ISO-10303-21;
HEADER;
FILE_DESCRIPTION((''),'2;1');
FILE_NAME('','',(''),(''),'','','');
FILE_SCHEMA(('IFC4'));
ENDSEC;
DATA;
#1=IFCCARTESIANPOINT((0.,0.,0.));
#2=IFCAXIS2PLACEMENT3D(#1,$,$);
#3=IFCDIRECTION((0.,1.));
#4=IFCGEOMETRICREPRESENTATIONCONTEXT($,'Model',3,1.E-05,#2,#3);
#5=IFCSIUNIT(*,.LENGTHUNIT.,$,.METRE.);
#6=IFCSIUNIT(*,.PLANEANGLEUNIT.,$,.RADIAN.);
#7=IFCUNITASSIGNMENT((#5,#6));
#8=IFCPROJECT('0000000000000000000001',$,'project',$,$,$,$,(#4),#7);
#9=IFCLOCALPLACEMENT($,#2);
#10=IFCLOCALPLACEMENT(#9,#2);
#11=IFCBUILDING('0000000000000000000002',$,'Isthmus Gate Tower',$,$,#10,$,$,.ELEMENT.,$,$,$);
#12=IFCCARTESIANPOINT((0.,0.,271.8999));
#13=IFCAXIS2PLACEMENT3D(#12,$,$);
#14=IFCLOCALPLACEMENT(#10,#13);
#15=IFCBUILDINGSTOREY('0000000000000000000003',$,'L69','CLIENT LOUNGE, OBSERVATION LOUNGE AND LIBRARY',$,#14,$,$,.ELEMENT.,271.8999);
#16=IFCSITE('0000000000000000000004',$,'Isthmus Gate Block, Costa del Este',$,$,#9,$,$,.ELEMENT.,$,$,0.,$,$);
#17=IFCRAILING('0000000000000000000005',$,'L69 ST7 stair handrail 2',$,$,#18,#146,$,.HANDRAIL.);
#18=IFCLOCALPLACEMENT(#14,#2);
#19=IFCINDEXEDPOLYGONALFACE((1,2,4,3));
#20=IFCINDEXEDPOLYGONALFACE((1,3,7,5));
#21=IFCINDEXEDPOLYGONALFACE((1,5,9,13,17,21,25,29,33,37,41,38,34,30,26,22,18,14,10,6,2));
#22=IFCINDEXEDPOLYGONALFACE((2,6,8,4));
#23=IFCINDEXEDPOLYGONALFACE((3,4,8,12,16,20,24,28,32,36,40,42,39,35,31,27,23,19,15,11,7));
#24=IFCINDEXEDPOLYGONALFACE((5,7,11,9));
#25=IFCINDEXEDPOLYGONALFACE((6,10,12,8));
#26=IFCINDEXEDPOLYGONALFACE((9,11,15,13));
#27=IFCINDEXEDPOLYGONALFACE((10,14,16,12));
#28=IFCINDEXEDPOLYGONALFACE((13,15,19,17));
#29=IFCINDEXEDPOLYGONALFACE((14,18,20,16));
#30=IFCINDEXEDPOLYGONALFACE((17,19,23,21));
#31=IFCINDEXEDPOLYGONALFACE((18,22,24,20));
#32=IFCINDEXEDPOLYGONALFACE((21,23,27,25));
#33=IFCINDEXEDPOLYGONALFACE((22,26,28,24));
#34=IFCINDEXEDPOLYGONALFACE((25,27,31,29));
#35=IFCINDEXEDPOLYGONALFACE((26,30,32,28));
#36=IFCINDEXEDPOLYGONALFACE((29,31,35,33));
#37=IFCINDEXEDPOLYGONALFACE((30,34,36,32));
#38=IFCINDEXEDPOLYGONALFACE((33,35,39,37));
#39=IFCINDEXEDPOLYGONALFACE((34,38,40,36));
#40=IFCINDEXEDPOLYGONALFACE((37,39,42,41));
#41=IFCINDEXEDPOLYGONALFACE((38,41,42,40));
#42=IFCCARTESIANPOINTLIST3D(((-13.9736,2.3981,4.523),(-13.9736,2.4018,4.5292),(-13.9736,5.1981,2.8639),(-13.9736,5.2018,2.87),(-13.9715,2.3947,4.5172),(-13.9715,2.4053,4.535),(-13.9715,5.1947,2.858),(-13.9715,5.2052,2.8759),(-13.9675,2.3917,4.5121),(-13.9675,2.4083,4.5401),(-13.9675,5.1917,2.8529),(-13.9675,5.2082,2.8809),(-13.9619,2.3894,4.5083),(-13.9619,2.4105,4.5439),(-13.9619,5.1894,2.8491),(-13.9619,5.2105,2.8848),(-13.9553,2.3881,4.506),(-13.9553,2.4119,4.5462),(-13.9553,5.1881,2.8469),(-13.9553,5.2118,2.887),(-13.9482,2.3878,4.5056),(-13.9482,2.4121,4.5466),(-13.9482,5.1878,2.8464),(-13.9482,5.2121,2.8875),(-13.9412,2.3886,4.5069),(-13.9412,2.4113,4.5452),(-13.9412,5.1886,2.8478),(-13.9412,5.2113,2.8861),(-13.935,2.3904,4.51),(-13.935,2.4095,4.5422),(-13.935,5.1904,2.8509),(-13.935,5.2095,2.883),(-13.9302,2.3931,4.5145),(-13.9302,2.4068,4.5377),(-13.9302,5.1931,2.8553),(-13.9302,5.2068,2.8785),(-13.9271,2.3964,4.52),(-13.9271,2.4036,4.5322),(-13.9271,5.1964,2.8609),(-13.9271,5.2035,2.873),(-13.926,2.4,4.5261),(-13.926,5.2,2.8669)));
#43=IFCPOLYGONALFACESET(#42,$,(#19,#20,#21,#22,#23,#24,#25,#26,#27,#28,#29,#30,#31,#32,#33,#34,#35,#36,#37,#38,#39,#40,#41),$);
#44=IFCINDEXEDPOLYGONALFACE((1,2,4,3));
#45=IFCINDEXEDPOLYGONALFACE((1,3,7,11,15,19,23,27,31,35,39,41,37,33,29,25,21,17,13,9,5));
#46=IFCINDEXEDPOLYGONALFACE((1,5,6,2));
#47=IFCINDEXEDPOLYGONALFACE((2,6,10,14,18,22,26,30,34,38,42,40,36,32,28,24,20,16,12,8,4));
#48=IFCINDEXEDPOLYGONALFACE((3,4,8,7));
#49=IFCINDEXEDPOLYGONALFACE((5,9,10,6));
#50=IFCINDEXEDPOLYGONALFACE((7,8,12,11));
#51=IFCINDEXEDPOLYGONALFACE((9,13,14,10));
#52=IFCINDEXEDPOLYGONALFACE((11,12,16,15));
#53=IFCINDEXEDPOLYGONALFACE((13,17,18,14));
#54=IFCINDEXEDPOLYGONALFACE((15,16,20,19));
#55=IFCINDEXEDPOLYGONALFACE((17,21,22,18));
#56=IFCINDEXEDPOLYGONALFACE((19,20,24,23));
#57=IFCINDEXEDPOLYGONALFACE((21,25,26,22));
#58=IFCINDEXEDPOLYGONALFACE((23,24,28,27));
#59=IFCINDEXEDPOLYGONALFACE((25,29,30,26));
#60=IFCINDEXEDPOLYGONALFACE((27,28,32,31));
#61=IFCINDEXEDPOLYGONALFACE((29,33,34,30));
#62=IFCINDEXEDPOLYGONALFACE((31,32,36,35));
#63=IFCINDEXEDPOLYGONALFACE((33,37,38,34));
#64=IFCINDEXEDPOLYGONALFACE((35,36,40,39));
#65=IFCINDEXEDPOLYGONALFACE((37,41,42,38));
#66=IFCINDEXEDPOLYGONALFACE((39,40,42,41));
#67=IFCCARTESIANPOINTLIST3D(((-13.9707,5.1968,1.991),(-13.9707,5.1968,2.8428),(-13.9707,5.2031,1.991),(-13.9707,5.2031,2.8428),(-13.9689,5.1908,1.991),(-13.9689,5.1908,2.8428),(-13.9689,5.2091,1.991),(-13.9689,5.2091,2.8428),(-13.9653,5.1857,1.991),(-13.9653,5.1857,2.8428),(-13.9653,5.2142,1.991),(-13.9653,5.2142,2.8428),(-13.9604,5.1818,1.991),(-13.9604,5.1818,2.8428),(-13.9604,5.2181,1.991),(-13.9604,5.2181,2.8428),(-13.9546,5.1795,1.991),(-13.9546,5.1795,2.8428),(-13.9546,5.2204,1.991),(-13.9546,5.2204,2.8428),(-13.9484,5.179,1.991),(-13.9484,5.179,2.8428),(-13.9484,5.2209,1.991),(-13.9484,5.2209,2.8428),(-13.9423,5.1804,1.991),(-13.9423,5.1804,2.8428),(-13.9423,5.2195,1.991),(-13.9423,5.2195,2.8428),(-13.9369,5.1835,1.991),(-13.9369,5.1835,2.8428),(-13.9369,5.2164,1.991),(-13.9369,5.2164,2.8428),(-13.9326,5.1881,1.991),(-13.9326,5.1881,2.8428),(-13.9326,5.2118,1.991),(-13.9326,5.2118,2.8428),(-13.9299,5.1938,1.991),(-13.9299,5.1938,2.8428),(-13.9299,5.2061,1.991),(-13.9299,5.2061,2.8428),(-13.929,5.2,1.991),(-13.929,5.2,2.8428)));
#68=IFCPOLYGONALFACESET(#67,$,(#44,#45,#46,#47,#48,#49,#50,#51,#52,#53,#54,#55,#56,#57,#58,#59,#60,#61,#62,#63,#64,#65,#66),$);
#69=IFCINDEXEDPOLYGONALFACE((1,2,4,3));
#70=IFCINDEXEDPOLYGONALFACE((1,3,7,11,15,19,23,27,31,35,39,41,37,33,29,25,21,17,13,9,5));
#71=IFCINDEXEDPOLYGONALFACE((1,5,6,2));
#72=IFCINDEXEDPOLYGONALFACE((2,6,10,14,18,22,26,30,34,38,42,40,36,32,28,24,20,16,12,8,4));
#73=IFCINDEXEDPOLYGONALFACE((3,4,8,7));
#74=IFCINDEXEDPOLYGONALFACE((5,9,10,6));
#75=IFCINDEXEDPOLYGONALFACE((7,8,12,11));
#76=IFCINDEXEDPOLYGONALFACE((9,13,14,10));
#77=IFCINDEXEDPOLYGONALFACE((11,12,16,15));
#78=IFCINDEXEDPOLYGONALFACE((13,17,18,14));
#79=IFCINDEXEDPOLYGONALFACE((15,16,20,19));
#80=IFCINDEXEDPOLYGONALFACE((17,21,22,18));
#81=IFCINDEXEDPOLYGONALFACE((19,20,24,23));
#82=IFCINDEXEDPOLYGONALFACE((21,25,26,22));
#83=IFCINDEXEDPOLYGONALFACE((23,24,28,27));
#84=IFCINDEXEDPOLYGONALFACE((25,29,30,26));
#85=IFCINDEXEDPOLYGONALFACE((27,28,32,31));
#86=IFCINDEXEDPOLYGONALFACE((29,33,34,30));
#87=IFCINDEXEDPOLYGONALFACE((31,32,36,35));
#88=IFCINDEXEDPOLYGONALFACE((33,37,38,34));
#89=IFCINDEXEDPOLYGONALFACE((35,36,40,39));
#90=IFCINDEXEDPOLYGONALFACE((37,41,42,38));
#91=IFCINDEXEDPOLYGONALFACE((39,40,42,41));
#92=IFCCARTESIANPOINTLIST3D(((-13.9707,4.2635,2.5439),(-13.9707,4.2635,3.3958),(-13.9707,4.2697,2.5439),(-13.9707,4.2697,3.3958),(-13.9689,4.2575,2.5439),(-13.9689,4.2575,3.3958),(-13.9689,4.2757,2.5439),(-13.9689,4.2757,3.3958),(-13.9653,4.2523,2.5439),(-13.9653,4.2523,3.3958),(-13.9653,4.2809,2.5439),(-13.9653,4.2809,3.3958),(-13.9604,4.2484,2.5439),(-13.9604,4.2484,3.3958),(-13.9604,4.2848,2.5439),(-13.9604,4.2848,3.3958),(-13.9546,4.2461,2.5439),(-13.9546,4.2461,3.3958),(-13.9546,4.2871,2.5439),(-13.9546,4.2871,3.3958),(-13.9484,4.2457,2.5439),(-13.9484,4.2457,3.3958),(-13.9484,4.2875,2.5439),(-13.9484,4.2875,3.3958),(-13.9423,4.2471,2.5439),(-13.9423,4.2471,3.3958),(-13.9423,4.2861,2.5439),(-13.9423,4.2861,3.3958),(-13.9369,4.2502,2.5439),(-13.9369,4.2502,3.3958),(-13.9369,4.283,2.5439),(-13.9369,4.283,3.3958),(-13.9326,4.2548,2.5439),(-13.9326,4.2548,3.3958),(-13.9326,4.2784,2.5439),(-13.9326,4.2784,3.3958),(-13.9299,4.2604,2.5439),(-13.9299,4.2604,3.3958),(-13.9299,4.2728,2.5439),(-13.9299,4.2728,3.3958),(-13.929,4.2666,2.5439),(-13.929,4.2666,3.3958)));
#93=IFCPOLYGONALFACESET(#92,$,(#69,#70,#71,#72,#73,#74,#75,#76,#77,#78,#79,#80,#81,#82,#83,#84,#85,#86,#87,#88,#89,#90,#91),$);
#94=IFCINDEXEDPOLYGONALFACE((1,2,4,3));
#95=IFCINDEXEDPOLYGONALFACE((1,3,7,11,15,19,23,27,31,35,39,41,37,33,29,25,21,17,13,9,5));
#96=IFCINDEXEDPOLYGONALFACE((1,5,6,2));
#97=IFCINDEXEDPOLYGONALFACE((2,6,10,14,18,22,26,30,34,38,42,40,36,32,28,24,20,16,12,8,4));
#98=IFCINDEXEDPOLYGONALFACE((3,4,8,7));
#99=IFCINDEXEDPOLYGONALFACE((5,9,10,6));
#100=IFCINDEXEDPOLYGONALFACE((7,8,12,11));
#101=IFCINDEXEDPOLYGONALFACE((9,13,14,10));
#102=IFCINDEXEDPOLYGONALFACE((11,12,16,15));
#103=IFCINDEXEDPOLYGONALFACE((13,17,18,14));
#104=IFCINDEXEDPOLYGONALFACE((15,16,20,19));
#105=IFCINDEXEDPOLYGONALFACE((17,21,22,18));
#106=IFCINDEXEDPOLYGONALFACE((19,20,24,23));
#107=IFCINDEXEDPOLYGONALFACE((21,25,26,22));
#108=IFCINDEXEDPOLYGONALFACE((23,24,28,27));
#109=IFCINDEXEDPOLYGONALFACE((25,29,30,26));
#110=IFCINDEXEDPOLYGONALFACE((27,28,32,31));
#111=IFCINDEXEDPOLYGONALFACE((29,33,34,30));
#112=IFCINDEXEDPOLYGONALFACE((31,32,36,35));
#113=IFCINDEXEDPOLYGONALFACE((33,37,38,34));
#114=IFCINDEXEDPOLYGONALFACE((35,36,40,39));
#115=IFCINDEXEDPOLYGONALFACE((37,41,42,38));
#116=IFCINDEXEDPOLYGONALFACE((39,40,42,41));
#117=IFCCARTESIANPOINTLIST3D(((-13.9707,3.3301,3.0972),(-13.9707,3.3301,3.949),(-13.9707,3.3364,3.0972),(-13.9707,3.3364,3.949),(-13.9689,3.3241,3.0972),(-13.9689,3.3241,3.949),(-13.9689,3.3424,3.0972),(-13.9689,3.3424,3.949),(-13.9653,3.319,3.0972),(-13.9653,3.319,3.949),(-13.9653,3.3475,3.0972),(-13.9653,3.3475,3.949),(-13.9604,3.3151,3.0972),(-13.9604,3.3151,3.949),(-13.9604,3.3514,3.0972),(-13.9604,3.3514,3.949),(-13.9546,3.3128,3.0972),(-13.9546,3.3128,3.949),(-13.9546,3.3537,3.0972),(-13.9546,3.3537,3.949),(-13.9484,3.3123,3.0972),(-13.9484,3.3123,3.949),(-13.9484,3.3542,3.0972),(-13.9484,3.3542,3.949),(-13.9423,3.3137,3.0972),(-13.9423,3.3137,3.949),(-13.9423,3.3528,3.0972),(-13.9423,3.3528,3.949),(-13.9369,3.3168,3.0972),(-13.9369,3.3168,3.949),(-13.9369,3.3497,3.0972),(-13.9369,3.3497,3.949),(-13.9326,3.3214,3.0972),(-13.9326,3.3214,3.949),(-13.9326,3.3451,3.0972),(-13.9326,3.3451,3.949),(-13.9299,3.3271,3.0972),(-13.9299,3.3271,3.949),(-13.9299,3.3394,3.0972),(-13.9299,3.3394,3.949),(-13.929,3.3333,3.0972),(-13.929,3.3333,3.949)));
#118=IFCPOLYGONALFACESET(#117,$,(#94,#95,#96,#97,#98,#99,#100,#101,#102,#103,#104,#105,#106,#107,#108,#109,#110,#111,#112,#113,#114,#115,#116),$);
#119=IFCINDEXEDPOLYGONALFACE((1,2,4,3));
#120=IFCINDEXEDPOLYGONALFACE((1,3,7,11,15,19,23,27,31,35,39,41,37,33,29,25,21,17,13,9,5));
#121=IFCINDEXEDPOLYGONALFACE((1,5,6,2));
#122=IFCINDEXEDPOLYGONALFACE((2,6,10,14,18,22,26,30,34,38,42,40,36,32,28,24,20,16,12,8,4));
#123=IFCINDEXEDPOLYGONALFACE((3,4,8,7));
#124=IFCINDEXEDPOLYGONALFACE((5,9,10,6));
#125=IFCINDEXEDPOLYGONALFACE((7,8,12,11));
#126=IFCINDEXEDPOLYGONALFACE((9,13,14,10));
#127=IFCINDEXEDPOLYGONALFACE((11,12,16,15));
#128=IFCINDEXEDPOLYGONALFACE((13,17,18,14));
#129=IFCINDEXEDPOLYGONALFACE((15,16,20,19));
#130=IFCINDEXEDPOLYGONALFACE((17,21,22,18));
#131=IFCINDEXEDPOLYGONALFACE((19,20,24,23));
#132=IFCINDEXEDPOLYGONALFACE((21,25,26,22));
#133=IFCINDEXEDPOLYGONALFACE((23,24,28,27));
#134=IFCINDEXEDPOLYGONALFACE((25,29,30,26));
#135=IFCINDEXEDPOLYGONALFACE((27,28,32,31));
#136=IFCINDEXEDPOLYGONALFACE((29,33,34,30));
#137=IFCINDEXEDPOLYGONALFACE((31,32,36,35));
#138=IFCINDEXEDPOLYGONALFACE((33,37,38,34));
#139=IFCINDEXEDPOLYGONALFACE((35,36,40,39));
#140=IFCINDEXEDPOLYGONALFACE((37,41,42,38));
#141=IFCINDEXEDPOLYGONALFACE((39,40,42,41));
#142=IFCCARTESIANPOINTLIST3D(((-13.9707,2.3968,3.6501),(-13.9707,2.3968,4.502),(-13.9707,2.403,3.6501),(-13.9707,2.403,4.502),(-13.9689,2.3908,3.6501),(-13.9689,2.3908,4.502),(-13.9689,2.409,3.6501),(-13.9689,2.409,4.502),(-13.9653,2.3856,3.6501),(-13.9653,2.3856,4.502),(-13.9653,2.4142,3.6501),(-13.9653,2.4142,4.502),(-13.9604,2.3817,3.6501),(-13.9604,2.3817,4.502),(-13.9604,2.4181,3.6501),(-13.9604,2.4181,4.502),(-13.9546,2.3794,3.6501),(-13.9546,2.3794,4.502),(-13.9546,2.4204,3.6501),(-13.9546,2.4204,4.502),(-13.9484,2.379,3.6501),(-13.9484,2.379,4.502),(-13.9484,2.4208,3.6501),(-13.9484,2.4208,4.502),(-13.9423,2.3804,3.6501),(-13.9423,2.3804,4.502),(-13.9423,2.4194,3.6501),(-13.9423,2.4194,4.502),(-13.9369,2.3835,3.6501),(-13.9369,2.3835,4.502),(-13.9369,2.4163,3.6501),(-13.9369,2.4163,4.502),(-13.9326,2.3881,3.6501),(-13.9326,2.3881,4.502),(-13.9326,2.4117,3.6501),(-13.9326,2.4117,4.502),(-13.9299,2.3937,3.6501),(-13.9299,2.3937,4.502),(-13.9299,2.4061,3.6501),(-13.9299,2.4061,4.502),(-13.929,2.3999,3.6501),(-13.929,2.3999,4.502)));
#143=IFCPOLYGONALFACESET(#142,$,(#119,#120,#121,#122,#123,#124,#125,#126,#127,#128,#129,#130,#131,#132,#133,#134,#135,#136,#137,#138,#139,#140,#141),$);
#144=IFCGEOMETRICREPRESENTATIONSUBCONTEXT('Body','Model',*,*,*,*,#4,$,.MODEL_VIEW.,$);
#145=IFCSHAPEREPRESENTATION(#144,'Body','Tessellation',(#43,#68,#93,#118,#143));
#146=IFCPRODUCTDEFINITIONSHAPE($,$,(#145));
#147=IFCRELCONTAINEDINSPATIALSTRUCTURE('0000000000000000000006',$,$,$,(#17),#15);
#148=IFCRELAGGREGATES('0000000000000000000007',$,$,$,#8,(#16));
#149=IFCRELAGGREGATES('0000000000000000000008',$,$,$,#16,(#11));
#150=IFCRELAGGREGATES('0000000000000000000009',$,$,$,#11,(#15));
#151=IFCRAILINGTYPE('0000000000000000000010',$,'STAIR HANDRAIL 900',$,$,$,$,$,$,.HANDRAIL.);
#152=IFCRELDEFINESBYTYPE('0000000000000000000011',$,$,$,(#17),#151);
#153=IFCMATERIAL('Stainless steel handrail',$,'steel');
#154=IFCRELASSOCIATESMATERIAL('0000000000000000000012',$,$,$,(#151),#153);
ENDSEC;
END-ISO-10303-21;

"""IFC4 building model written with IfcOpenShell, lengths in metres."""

from ifc_helpers import new_model, si_unit, direction, frame, origin, origin_2d, place, context, subcontext, project, spatial, circle, extrude, material, type_object, element, save


model = new_model("IFC4")

# Units and contexts
model_context = context("Model", 3, precision=1e-05, world=origin(), true_north=direction((0.0, 1.0)))
body_context = subcontext(model_context, "Body", "Model", "MODEL_VIEW")
ifc_project = project(units=[si_unit("LENGTHUNIT", "METRE"), si_unit("PLANEANGLEUNIT", "RADIAN")], contexts=[model_context])

# Site, building, storey
site_placement = place(None, origin())
site = spatial("IfcSite", under=ifc_project, at=site_placement, Name="Isthmus Gate Block, Costa del Este", CompositionType="ELEMENT", RefElevation=0.0)
building_placement = place(site_placement, origin())
building = spatial("IfcBuilding", under=site, at=building_placement, Name="Isthmus Gate Tower", CompositionType="ELEMENT")
storey_placement = place(building_placement, frame((0.0, 0.0, 271.8999)))
storey = spatial("IfcBuildingStorey", under=building, at=storey_placement, Name="L69", Description="CLIENT LOUNGE, OBSERVATION LOUNGE AND LIBRARY", CompositionType="ELEMENT", Elevation=271.8999)

# Railing
ifc_material_1 = material(Name="Stainless steel handrail", Category="steel")
railing_type = type_object("IfcRailingType", Name="STAIR HANDRAIL 900", PredefinedType="HANDRAIL", material=ifc_material_1)
railing_placement = place(storey_placement, frame((-13.95, 5.2, 1.991)))
element("IfcRailing", 1, at=railing_placement, inside=storey, type_object=railing_type, Name="L69 ST7 stair handrail 2", PredefinedType="HANDRAIL", context=body_context, shape_type="SweptSolid", body=[
    extrude(circle(Radius=0.0239, at=origin_2d()), frame((0.0, 0.0, 0.876), z_axis=(0.0, -0.860306, 0.509778), x_axis=(1.0, 0.0, 0.0)), (0.0, 0.0, 1.0), 3.2546),
    extrude(circle(Radius=0.021, at=origin_2d()), origin(), (0.0, 0.0, 1.0), 0.8518),
    extrude(circle(Radius=0.021, at=origin_2d()), frame((0.0, -0.9333, 0.553)), (0.0, 0.0, 1.0), 0.8518),
    extrude(circle(Radius=0.021, at=origin_2d()), frame((0.0, -1.8667, 1.1062)), (0.0, 0.0, 1.0), 0.8518),
    extrude(circle(Radius=0.021, at=origin_2d()), frame((0.0, -2.8, 1.6592)), (0.0, 0.0, 1.0), 0.8518),
])

save(model, "model.ifc")
